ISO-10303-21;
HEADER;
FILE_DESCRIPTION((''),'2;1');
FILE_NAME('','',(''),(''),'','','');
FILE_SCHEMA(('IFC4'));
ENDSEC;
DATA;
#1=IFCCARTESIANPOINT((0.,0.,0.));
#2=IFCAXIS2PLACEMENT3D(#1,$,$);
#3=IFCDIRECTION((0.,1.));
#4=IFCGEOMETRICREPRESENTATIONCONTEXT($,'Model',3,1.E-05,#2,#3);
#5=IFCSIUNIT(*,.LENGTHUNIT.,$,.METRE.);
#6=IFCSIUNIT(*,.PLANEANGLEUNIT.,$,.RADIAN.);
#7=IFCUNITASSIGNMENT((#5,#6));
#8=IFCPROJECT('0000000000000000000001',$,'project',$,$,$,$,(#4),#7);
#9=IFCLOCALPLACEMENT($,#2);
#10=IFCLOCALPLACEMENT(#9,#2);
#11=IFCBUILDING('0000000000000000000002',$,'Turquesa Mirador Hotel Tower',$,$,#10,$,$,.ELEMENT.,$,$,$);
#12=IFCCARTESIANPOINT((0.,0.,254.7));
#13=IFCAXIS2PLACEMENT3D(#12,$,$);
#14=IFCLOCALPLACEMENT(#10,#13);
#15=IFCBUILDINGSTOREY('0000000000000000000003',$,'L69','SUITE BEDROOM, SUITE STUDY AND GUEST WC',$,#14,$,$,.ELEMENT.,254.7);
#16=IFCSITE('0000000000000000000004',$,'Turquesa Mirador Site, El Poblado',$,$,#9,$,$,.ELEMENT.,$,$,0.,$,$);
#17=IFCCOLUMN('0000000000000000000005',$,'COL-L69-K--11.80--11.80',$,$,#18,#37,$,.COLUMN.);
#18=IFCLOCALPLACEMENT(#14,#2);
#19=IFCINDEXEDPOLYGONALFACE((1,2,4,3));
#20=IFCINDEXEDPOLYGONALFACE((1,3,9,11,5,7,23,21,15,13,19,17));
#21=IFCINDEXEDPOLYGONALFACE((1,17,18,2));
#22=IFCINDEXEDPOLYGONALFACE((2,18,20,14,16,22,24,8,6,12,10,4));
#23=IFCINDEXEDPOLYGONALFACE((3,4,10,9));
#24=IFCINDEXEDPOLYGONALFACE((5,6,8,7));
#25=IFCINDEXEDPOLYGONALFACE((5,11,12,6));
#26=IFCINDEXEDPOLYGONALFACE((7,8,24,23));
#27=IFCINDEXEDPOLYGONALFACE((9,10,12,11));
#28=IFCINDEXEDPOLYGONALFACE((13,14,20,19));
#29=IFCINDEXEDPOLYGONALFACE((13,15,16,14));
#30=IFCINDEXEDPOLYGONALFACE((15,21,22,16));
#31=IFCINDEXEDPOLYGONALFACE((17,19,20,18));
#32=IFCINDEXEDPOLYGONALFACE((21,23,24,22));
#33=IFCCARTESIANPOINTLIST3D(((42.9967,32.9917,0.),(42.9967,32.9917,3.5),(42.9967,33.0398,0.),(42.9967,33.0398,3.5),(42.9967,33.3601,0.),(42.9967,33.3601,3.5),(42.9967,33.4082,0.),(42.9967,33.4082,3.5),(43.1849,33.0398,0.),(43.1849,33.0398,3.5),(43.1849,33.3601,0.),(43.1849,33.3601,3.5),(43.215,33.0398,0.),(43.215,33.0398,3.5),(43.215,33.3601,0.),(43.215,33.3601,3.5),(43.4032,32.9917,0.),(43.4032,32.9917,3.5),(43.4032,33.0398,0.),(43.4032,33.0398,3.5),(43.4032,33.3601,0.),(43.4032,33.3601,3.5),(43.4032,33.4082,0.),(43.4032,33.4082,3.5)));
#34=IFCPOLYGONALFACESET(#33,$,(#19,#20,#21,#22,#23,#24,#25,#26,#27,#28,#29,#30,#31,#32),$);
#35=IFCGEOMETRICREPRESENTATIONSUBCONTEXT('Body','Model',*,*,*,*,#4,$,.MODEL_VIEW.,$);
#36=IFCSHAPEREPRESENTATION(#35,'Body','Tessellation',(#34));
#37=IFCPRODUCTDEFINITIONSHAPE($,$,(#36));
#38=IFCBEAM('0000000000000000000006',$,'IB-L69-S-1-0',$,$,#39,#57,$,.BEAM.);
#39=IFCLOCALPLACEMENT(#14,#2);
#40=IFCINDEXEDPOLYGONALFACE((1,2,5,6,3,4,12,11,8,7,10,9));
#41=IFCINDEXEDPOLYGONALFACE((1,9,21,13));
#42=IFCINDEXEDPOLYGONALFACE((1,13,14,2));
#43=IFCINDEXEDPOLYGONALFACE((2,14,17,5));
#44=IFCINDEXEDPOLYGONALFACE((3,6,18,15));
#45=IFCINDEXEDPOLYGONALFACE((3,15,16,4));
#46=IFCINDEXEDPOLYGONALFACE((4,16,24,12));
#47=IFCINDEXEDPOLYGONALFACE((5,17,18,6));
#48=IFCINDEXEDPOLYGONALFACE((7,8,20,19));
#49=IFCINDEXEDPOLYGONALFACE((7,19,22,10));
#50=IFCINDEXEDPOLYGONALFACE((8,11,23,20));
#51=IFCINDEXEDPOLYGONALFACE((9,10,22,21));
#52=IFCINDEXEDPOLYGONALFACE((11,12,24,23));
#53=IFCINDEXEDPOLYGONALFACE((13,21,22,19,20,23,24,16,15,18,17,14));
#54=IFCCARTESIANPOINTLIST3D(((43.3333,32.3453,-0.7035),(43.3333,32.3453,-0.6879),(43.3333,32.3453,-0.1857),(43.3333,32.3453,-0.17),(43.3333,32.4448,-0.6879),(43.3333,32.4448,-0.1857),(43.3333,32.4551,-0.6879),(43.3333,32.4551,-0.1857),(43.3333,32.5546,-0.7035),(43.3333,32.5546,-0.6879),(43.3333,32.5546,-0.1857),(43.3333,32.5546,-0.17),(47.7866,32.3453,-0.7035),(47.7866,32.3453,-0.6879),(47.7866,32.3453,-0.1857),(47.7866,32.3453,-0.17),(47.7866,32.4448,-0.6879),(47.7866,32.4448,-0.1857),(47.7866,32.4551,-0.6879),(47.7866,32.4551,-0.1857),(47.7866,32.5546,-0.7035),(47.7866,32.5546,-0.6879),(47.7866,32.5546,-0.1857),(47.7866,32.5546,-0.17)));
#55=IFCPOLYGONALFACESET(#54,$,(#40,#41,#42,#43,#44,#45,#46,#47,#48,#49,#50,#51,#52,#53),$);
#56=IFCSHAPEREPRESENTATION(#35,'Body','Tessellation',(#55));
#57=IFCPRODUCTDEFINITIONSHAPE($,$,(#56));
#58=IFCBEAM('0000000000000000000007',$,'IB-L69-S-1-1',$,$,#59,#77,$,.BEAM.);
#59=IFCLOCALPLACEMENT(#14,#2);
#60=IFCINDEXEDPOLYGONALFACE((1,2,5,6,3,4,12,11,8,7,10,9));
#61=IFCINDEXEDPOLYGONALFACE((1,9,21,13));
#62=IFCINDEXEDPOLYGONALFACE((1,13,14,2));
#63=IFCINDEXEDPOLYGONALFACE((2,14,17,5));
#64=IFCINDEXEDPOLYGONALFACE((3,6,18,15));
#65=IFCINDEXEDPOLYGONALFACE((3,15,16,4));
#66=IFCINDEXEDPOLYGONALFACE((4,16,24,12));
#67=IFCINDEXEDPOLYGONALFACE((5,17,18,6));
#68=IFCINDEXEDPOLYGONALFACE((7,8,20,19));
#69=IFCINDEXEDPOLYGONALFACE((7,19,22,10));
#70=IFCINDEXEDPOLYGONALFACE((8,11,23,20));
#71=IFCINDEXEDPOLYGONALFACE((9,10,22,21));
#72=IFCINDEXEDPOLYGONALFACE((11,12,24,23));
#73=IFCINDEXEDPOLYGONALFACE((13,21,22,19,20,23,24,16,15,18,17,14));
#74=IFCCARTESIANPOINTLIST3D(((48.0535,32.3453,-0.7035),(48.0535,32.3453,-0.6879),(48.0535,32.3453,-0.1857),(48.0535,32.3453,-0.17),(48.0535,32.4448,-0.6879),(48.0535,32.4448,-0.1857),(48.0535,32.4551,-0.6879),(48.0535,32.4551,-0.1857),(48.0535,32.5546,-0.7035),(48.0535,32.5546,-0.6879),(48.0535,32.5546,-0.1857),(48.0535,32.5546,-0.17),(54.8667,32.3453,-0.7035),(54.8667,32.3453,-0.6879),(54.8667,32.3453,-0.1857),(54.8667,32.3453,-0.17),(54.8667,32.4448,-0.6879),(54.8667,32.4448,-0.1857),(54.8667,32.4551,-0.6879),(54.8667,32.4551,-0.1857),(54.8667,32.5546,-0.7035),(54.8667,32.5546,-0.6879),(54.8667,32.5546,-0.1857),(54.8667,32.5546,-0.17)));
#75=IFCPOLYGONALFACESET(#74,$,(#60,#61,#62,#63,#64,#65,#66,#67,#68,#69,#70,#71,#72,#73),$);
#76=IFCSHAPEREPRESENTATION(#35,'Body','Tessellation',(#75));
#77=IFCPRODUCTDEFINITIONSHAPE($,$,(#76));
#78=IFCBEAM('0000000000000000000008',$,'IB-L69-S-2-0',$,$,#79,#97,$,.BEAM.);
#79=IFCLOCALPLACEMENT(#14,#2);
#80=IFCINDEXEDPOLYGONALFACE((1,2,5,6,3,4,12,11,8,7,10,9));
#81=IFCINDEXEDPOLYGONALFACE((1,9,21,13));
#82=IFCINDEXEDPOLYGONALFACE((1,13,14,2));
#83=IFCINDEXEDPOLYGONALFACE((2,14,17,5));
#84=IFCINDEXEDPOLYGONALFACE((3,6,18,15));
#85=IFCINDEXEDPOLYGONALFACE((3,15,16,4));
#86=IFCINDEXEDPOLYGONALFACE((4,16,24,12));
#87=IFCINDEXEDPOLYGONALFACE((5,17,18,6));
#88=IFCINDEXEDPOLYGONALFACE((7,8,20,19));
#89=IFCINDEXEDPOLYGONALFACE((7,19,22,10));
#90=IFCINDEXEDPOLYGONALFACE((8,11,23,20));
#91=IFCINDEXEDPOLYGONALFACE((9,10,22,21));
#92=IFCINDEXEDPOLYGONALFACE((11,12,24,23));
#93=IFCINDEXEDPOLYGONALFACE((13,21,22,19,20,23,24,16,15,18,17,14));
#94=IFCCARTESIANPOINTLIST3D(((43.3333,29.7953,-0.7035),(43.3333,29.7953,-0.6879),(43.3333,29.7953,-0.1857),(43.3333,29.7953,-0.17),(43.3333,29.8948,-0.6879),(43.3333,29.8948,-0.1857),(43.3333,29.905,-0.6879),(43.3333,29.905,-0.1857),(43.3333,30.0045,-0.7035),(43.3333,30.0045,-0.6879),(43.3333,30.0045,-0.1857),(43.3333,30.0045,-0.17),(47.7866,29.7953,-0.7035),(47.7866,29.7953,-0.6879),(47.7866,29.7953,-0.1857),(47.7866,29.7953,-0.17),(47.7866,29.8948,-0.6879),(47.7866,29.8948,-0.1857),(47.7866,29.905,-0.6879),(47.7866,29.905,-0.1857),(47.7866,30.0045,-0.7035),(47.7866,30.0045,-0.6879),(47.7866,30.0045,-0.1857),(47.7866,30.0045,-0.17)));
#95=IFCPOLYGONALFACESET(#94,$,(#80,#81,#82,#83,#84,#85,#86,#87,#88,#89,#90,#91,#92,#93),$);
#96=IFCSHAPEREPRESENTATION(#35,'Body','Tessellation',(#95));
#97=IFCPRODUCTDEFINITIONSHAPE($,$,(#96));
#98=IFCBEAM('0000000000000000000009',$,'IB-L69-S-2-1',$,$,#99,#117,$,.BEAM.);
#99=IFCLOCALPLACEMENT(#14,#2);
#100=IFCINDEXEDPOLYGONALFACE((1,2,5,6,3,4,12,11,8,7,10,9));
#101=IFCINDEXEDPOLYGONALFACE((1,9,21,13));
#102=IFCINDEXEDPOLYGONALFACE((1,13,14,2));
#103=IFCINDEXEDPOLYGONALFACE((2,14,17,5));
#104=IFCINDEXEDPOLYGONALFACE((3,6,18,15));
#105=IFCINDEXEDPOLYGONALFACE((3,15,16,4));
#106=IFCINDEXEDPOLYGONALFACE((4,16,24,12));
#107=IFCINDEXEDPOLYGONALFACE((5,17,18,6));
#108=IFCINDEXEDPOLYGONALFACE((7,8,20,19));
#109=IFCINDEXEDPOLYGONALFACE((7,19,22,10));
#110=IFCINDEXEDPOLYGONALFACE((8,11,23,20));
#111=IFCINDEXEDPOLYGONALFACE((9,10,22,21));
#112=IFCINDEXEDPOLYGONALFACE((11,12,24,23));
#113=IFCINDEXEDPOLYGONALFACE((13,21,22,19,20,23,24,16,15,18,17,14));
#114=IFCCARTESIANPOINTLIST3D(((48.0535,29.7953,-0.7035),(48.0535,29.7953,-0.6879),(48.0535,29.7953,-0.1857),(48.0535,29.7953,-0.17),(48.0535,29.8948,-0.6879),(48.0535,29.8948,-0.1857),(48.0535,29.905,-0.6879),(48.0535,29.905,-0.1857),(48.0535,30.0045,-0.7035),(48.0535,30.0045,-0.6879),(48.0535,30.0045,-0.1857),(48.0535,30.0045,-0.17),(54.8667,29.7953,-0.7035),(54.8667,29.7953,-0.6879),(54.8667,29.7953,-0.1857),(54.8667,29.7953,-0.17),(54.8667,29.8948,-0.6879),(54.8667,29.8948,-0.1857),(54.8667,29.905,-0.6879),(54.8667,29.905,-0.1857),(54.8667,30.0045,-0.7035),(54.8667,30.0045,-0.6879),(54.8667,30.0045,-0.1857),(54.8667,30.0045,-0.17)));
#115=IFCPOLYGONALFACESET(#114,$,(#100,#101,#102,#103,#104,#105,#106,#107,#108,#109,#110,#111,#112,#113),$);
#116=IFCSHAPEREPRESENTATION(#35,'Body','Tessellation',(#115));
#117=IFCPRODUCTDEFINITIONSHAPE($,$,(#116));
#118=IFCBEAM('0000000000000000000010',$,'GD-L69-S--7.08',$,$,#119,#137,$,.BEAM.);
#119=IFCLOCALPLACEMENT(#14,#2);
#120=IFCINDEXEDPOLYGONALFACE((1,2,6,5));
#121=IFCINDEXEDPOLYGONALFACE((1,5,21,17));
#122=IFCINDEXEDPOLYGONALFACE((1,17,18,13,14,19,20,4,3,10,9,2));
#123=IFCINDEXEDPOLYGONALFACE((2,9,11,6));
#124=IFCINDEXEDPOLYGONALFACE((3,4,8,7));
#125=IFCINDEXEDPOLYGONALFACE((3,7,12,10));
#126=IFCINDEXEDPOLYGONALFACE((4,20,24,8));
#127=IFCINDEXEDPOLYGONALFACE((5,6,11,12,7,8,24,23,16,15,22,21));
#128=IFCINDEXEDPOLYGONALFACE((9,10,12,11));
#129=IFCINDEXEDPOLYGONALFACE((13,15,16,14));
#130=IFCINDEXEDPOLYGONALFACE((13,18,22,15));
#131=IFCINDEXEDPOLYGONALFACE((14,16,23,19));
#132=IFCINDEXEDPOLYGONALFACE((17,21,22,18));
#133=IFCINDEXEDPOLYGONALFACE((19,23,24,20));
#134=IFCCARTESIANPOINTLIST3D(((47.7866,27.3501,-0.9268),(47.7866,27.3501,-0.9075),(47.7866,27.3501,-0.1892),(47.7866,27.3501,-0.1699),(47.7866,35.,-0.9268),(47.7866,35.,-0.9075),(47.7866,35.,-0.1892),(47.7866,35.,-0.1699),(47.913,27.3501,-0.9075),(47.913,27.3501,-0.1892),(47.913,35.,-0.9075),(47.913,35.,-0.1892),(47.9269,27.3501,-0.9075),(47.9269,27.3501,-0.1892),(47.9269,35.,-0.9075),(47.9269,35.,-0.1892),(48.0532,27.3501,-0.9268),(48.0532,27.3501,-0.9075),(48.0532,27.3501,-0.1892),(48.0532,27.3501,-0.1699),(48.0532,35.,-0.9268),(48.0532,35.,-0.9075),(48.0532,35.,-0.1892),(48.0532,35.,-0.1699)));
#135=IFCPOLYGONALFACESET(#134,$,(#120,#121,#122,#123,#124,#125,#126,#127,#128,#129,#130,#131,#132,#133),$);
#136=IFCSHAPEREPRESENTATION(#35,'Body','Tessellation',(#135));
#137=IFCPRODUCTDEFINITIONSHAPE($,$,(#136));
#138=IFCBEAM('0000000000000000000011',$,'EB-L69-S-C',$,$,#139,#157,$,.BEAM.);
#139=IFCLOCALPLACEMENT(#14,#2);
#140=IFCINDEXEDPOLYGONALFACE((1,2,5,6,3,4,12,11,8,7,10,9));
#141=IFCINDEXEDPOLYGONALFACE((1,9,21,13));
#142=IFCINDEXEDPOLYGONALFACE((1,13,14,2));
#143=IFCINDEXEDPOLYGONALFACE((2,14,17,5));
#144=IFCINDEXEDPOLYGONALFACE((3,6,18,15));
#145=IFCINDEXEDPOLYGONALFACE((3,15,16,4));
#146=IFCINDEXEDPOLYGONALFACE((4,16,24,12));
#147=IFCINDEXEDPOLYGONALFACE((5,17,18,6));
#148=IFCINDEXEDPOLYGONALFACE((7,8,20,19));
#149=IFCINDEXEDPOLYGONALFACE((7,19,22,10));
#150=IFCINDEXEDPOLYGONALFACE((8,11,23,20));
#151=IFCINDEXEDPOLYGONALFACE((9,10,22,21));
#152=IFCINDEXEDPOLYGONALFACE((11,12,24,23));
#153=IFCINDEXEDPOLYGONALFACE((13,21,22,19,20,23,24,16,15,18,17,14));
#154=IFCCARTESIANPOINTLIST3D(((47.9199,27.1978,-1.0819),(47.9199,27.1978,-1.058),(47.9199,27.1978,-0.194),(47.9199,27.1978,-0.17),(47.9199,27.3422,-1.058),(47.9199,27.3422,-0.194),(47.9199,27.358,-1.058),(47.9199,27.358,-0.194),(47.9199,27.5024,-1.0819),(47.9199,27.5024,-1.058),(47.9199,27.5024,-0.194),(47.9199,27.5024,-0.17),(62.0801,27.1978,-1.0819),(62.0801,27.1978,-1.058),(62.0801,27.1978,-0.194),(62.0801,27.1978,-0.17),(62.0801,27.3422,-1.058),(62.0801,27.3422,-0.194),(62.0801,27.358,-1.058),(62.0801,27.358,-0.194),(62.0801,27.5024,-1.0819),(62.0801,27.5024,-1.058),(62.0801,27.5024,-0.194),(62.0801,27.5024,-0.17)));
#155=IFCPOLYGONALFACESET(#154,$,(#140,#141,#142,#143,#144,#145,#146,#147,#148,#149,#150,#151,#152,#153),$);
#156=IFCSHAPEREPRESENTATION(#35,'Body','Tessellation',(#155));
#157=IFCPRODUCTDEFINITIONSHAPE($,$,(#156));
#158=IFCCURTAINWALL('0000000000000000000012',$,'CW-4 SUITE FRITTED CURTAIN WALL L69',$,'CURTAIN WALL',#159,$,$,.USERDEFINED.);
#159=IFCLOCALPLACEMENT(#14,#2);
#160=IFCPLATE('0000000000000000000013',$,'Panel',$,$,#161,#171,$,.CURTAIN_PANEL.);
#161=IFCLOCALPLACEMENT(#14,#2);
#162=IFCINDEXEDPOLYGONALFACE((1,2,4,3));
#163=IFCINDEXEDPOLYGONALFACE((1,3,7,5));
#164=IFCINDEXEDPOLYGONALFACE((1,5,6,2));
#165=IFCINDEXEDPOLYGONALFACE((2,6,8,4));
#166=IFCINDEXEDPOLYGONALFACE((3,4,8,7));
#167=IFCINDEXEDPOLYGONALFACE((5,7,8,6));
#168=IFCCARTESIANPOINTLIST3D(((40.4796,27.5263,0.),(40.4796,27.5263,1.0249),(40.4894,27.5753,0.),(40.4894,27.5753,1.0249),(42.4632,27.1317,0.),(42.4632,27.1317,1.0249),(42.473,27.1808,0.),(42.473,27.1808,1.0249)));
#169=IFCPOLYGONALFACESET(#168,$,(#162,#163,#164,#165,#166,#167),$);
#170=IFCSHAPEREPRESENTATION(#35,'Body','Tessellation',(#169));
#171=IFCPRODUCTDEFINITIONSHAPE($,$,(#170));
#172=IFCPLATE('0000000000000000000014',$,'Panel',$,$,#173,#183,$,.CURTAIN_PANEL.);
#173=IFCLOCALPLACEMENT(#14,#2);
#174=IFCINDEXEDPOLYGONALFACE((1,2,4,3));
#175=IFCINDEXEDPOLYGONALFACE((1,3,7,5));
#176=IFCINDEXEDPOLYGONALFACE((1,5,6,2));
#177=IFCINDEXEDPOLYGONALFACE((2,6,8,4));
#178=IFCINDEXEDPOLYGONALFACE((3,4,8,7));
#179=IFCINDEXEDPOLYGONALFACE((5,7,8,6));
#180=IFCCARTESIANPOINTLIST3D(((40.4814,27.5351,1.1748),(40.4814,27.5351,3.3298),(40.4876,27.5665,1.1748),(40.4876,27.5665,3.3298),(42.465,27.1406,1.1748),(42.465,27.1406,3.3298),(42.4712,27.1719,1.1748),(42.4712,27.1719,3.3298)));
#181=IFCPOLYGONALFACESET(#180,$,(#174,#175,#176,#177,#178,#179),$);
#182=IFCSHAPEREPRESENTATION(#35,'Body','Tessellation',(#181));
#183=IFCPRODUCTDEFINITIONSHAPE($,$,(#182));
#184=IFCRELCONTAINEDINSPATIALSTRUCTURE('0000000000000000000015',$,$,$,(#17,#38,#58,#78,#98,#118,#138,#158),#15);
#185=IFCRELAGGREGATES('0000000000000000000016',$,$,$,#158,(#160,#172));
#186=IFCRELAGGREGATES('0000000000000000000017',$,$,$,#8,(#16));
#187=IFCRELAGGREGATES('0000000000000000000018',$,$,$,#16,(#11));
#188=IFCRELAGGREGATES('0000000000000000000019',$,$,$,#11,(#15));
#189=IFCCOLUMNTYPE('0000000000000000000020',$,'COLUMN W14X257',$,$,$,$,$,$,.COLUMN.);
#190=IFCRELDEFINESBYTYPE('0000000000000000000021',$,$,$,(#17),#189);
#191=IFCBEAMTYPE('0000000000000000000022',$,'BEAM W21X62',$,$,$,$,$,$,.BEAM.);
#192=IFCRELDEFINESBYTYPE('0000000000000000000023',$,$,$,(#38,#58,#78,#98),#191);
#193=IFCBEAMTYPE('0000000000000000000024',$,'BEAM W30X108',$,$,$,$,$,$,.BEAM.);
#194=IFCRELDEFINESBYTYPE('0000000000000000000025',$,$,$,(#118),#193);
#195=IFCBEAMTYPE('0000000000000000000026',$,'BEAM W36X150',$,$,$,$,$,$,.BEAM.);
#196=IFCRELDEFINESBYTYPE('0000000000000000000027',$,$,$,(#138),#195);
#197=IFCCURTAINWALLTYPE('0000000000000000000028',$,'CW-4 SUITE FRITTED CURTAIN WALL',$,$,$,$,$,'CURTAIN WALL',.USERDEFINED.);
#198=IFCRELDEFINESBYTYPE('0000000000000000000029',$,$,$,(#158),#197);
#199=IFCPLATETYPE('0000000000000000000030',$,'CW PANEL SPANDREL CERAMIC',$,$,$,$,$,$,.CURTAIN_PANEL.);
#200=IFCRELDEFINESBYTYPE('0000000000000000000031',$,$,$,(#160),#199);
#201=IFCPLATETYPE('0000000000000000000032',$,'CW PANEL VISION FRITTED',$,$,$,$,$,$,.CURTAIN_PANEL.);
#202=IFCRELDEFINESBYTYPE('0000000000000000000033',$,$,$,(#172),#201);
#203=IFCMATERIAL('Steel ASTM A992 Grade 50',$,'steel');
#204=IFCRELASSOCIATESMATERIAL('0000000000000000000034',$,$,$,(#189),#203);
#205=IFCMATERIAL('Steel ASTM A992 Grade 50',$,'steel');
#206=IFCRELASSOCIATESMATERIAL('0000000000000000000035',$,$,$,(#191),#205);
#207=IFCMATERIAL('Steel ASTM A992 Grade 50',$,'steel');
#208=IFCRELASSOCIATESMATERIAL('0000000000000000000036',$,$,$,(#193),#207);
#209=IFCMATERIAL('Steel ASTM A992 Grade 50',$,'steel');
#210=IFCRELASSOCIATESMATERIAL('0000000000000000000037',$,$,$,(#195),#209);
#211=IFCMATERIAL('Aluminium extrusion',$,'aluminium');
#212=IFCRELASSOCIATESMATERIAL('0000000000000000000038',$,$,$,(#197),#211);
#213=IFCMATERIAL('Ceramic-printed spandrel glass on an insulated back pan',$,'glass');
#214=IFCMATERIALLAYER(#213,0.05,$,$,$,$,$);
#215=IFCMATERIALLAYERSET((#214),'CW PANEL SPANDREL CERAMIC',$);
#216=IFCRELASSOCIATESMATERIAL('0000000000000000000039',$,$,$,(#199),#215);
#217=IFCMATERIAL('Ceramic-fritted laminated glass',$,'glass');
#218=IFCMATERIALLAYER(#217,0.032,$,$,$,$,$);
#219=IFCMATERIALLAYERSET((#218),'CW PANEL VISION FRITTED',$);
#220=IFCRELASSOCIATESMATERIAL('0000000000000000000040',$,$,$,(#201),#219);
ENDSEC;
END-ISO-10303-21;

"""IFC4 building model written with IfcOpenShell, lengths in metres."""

from ifc_helpers import new_model, si_unit, direction, frame, origin, origin_2d, place, context, subcontext, project, spatial, rectangle, i_section, extrude, material, layer, layer_set, material_profile, profile_set, type_object, element, aggregate, save


model = new_model("IFC4")

# Units and contexts
model_context = context("Model", 3, precision=1e-05, world=origin(), true_north=direction((0.0, 1.0)))
body_context = subcontext(model_context, "Body", "Model", "MODEL_VIEW")
ifc_project = project(units=[si_unit("LENGTHUNIT", "METRE"), si_unit("PLANEANGLEUNIT", "RADIAN")], contexts=[model_context])

# Site, building, storey
site_placement = place(None, origin())
site = spatial("IfcSite", under=ifc_project, at=site_placement, Name="Turquesa Mirador Site, El Poblado", CompositionType="ELEMENT", RefElevation=0.0)
building_placement = place(site_placement, origin())
building = spatial("IfcBuilding", under=site, at=building_placement, Name="Turquesa Mirador Hotel Tower", CompositionType="ELEMENT")
storey_placement = place(building_placement, frame((0.0, 0.0, 254.7)))
storey = spatial("IfcBuildingStorey", under=building, at=storey_placement, Name="L69", Description="SUITE BEDROOM, SUITE STUDY AND GUEST WC", CompositionType="ELEMENT", Elevation=254.7)

# Column
ifc_material_1 = material(Name="Steel ASTM A992 Grade 50", Category="steel")
ifc_material_profile_1 = material_profile(ifc_material_1, i_section(OverallWidth=0.4065, OverallDepth=0.4165, WebThickness=0.03, FlangeThickness=0.0481, at=origin_2d()), Name="W14X257")
ifc_profile_set_1 = profile_set([ifc_material_profile_1], Name="Steel ASTM A992 Grade 50")
column_type = type_object("IfcColumnType", Name="COLUMN W14X257", PredefinedType="COLUMN", material=ifc_profile_set_1)
column_placement = place(storey_placement, frame((43.2, 33.2, 0.0), z_axis=(0.0, 0.0, 1.0), x_axis=(1.0, 0.0, 0.0)))
element("IfcColumn", 1, at=column_placement, inside=storey, type_object=column_type, Name="COL-L69-K--11.80--11.80", PredefinedType="COLUMN", context=body_context, shape_type="SweptSolid", body=[
    extrude(i_section(OverallWidth=0.4065, OverallDepth=0.4165, WebThickness=0.03, FlangeThickness=0.0481, at=origin_2d()), origin(), (0.0, 0.0, 1.0), 3.5),
])

# Beams
ifc_material_2 = material(Name="Steel ASTM A992 Grade 50", Category="steel")
ifc_material_profile_2 = material_profile(ifc_material_2, i_section(OverallWidth=0.2092, OverallDepth=0.5334, WebThickness=0.0103, FlangeThickness=0.0156, at=origin_2d()), Name="W21X62")
ifc_profile_set_2 = profile_set([ifc_material_profile_2], Name="Steel ASTM A992 Grade 50")
beam_type_1 = type_object("IfcBeamType", Name="BEAM W21X62", PredefinedType="BEAM", material=ifc_profile_set_2)
beam_1_placement = place(storey_placement, frame((43.3333, 32.45, -0.4368), z_axis=(1.0, 0.0, 0.0), x_axis=(0.0, 1.0, 0.0)))
element("IfcBeam", 2, at=beam_1_placement, inside=storey, type_object=beam_type_1, Name="IB-L69-S-1-0", PredefinedType="BEAM", context=body_context, shape_type="SweptSolid", body=[
    extrude(i_section(OverallWidth=0.2092, OverallDepth=0.5334, WebThickness=0.0103, FlangeThickness=0.0156, at=origin_2d()), origin(), (0.0, 0.0, 1.0), 4.4534),
])
beam_2_placement = place(storey_placement, frame((48.0535, 32.45, -0.4368), z_axis=(1.0, 0.0, 0.0), x_axis=(0.0, 1.0, 0.0)))
element("IfcBeam", 3, at=beam_2_placement, inside=storey, type_object=beam_type_1, Name="IB-L69-S-1-1", PredefinedType="BEAM", context=body_context, shape_type="SweptSolid", body=[
    extrude(i_section(OverallWidth=0.2092, OverallDepth=0.5334, WebThickness=0.0103, FlangeThickness=0.0156, at=origin_2d()), origin(), (0.0, 0.0, 1.0), 6.8132),
])
beam_3_placement = place(storey_placement, frame((43.3333, 29.8999, -0.4368), z_axis=(1.0, 0.0, 0.0), x_axis=(0.0, 1.0, 0.0)))
element("IfcBeam", 4, at=beam_3_placement, inside=storey, type_object=beam_type_1, Name="IB-L69-S-2-0", PredefinedType="BEAM", context=body_context, shape_type="SweptSolid", body=[
    extrude(i_section(OverallWidth=0.2092, OverallDepth=0.5334, WebThickness=0.0103, FlangeThickness=0.0156, at=origin_2d()), origin(), (0.0, 0.0, 1.0), 4.4534),
])
beam_4_placement = place(storey_placement, frame((48.0535, 29.8999, -0.4368), z_axis=(1.0, 0.0, 0.0), x_axis=(0.0, 1.0, 0.0)))
element("IfcBeam", 5, at=beam_4_placement, inside=storey, type_object=beam_type_1, Name="IB-L69-S-2-1", PredefinedType="BEAM", context=body_context, shape_type="SweptSolid", body=[
    extrude(i_section(OverallWidth=0.2092, OverallDepth=0.5334, WebThickness=0.0103, FlangeThickness=0.0156, at=origin_2d()), origin(), (0.0, 0.0, 1.0), 6.8132),
])
ifc_material_3 = material(Name="Steel ASTM A992 Grade 50", Category="steel")
ifc_material_profile_3 = material_profile(ifc_material_3, i_section(OverallWidth=0.2666, OverallDepth=0.7568, WebThickness=0.0139, FlangeThickness=0.0193, at=origin_2d()), Name="W30X108")
ifc_profile_set_3 = profile_set([ifc_material_profile_3], Name="Steel ASTM A992 Grade 50")
beam_type_2 = type_object("IfcBeamType", Name="BEAM W30X108", PredefinedType="BEAM", material=ifc_profile_set_3)
beam_5_placement = place(storey_placement, frame((47.9199, 27.3501, -0.5483), z_axis=(0.0, 1.0, 0.0), x_axis=(-1.0, 0.0, 0.0)))
element("IfcBeam", 6, at=beam_5_placement, inside=storey, type_object=beam_type_2, Name="GD-L69-S--7.08", PredefinedType="BEAM", context=body_context, shape_type="SweptSolid", body=[
    extrude(i_section(OverallWidth=0.2666, OverallDepth=0.7568, WebThickness=0.0139, FlangeThickness=0.0193, at=origin_2d()), origin(), (0.0, 0.0, 1.0), 7.6499),
])
ifc_material_4 = material(Name="Steel ASTM A992 Grade 50", Category="steel")
ifc_material_profile_4 = material_profile(ifc_material_4, i_section(OverallWidth=0.3047, OverallDepth=0.9119, WebThickness=0.0159, FlangeThickness=0.0239, at=origin_2d()), Name="W36X150")
ifc_profile_set_4 = profile_set([ifc_material_profile_4], Name="Steel ASTM A992 Grade 50")
beam_type_3 = type_object("IfcBeamType", Name="BEAM W36X150", PredefinedType="BEAM", material=ifc_profile_set_4)
beam_6_placement = place(storey_placement, frame((47.9199, 27.3501, -0.626), z_axis=(1.0, 0.0, 0.0), x_axis=(0.0, 1.0, 0.0)))
element("IfcBeam", 7, at=beam_6_placement, inside=storey, type_object=beam_type_3, Name="EB-L69-S-C", PredefinedType="BEAM", context=body_context, shape_type="SweptSolid", body=[
    extrude(i_section(OverallWidth=0.3047, OverallDepth=0.9119, WebThickness=0.0159, FlangeThickness=0.0239, at=origin_2d()), origin(), (0.0, 0.0, 1.0), 14.1602),
])

# Curtain wall, plates
ifc_material_5 = material(Name="Aluminium extrusion", Category="aluminium")
curtain_wall_type = type_object("IfcCurtainWallType", Name="CW-4 SUITE FRITTED CURTAIN WALL", ElementType="CURTAIN WALL", PredefinedType="USERDEFINED", material=ifc_material_5)
curtain_wall_placement = place(storey_placement, origin())
curtain_wall = element("IfcCurtainWall", 8, at=curtain_wall_placement, inside=storey, type_object=curtain_wall_type, Name="CW-4 SUITE FRITTED CURTAIN WALL L69", ObjectType="CURTAIN WALL", PredefinedType="USERDEFINED")
ifc_material_6 = material(Name="Ceramic-printed spandrel glass on an insulated back pan", Category="glass")
ifc_layer_1 = layer(ifc_material_6, 0.05)
ifc_layer_set_1 = layer_set([ifc_layer_1], Name="CW PANEL SPANDREL CERAMIC")
plate_type_1 = type_object("IfcPlateType", Name="CW PANEL SPANDREL CERAMIC", PredefinedType="CURTAIN_PANEL", material=ifc_layer_set_1)
plate_1_placement = place(storey_placement, frame((41.4763, 27.3535, 0.0), z_axis=(0.0, 0.0, 1.0), x_axis=(0.980785, -0.195091, 0.0)))
plate_1 = element("IfcPlate", 9, at=plate_1_placement, type_object=plate_type_1, Name="Panel", PredefinedType="CURTAIN_PANEL", context=body_context, shape_type="SweptSolid", body=[
    extrude(rectangle(XDim=2.0225, YDim=0.05, at=origin_2d()), origin(), (0.0, 0.0, 1.0), 1.0249),
])
ifc_material_7 = material(Name="Ceramic-fritted laminated glass", Category="glass")
ifc_layer_2 = layer(ifc_material_7, 0.032)
ifc_layer_set_2 = layer_set([ifc_layer_2], Name="CW PANEL VISION FRITTED")
plate_type_2 = type_object("IfcPlateType", Name="CW PANEL VISION FRITTED", PredefinedType="CURTAIN_PANEL", material=ifc_layer_set_2)
plate_2_placement = place(storey_placement, frame((41.4763, 27.3535, 1.1748), z_axis=(0.0, 0.0, 1.0), x_axis=(0.980785, -0.195091, 0.0)))
plate_2 = element("IfcPlate", 10, at=plate_2_placement, type_object=plate_type_2, Name="Panel", PredefinedType="CURTAIN_PANEL", context=body_context, shape_type="SweptSolid", body=[
    extrude(rectangle(XDim=2.0225, YDim=0.032, at=origin_2d()), origin(), (0.0, 0.0, 1.0), 2.155),
])
aggregate(curtain_wall, [plate_1, plate_2])

save(model, "model.ifc")
